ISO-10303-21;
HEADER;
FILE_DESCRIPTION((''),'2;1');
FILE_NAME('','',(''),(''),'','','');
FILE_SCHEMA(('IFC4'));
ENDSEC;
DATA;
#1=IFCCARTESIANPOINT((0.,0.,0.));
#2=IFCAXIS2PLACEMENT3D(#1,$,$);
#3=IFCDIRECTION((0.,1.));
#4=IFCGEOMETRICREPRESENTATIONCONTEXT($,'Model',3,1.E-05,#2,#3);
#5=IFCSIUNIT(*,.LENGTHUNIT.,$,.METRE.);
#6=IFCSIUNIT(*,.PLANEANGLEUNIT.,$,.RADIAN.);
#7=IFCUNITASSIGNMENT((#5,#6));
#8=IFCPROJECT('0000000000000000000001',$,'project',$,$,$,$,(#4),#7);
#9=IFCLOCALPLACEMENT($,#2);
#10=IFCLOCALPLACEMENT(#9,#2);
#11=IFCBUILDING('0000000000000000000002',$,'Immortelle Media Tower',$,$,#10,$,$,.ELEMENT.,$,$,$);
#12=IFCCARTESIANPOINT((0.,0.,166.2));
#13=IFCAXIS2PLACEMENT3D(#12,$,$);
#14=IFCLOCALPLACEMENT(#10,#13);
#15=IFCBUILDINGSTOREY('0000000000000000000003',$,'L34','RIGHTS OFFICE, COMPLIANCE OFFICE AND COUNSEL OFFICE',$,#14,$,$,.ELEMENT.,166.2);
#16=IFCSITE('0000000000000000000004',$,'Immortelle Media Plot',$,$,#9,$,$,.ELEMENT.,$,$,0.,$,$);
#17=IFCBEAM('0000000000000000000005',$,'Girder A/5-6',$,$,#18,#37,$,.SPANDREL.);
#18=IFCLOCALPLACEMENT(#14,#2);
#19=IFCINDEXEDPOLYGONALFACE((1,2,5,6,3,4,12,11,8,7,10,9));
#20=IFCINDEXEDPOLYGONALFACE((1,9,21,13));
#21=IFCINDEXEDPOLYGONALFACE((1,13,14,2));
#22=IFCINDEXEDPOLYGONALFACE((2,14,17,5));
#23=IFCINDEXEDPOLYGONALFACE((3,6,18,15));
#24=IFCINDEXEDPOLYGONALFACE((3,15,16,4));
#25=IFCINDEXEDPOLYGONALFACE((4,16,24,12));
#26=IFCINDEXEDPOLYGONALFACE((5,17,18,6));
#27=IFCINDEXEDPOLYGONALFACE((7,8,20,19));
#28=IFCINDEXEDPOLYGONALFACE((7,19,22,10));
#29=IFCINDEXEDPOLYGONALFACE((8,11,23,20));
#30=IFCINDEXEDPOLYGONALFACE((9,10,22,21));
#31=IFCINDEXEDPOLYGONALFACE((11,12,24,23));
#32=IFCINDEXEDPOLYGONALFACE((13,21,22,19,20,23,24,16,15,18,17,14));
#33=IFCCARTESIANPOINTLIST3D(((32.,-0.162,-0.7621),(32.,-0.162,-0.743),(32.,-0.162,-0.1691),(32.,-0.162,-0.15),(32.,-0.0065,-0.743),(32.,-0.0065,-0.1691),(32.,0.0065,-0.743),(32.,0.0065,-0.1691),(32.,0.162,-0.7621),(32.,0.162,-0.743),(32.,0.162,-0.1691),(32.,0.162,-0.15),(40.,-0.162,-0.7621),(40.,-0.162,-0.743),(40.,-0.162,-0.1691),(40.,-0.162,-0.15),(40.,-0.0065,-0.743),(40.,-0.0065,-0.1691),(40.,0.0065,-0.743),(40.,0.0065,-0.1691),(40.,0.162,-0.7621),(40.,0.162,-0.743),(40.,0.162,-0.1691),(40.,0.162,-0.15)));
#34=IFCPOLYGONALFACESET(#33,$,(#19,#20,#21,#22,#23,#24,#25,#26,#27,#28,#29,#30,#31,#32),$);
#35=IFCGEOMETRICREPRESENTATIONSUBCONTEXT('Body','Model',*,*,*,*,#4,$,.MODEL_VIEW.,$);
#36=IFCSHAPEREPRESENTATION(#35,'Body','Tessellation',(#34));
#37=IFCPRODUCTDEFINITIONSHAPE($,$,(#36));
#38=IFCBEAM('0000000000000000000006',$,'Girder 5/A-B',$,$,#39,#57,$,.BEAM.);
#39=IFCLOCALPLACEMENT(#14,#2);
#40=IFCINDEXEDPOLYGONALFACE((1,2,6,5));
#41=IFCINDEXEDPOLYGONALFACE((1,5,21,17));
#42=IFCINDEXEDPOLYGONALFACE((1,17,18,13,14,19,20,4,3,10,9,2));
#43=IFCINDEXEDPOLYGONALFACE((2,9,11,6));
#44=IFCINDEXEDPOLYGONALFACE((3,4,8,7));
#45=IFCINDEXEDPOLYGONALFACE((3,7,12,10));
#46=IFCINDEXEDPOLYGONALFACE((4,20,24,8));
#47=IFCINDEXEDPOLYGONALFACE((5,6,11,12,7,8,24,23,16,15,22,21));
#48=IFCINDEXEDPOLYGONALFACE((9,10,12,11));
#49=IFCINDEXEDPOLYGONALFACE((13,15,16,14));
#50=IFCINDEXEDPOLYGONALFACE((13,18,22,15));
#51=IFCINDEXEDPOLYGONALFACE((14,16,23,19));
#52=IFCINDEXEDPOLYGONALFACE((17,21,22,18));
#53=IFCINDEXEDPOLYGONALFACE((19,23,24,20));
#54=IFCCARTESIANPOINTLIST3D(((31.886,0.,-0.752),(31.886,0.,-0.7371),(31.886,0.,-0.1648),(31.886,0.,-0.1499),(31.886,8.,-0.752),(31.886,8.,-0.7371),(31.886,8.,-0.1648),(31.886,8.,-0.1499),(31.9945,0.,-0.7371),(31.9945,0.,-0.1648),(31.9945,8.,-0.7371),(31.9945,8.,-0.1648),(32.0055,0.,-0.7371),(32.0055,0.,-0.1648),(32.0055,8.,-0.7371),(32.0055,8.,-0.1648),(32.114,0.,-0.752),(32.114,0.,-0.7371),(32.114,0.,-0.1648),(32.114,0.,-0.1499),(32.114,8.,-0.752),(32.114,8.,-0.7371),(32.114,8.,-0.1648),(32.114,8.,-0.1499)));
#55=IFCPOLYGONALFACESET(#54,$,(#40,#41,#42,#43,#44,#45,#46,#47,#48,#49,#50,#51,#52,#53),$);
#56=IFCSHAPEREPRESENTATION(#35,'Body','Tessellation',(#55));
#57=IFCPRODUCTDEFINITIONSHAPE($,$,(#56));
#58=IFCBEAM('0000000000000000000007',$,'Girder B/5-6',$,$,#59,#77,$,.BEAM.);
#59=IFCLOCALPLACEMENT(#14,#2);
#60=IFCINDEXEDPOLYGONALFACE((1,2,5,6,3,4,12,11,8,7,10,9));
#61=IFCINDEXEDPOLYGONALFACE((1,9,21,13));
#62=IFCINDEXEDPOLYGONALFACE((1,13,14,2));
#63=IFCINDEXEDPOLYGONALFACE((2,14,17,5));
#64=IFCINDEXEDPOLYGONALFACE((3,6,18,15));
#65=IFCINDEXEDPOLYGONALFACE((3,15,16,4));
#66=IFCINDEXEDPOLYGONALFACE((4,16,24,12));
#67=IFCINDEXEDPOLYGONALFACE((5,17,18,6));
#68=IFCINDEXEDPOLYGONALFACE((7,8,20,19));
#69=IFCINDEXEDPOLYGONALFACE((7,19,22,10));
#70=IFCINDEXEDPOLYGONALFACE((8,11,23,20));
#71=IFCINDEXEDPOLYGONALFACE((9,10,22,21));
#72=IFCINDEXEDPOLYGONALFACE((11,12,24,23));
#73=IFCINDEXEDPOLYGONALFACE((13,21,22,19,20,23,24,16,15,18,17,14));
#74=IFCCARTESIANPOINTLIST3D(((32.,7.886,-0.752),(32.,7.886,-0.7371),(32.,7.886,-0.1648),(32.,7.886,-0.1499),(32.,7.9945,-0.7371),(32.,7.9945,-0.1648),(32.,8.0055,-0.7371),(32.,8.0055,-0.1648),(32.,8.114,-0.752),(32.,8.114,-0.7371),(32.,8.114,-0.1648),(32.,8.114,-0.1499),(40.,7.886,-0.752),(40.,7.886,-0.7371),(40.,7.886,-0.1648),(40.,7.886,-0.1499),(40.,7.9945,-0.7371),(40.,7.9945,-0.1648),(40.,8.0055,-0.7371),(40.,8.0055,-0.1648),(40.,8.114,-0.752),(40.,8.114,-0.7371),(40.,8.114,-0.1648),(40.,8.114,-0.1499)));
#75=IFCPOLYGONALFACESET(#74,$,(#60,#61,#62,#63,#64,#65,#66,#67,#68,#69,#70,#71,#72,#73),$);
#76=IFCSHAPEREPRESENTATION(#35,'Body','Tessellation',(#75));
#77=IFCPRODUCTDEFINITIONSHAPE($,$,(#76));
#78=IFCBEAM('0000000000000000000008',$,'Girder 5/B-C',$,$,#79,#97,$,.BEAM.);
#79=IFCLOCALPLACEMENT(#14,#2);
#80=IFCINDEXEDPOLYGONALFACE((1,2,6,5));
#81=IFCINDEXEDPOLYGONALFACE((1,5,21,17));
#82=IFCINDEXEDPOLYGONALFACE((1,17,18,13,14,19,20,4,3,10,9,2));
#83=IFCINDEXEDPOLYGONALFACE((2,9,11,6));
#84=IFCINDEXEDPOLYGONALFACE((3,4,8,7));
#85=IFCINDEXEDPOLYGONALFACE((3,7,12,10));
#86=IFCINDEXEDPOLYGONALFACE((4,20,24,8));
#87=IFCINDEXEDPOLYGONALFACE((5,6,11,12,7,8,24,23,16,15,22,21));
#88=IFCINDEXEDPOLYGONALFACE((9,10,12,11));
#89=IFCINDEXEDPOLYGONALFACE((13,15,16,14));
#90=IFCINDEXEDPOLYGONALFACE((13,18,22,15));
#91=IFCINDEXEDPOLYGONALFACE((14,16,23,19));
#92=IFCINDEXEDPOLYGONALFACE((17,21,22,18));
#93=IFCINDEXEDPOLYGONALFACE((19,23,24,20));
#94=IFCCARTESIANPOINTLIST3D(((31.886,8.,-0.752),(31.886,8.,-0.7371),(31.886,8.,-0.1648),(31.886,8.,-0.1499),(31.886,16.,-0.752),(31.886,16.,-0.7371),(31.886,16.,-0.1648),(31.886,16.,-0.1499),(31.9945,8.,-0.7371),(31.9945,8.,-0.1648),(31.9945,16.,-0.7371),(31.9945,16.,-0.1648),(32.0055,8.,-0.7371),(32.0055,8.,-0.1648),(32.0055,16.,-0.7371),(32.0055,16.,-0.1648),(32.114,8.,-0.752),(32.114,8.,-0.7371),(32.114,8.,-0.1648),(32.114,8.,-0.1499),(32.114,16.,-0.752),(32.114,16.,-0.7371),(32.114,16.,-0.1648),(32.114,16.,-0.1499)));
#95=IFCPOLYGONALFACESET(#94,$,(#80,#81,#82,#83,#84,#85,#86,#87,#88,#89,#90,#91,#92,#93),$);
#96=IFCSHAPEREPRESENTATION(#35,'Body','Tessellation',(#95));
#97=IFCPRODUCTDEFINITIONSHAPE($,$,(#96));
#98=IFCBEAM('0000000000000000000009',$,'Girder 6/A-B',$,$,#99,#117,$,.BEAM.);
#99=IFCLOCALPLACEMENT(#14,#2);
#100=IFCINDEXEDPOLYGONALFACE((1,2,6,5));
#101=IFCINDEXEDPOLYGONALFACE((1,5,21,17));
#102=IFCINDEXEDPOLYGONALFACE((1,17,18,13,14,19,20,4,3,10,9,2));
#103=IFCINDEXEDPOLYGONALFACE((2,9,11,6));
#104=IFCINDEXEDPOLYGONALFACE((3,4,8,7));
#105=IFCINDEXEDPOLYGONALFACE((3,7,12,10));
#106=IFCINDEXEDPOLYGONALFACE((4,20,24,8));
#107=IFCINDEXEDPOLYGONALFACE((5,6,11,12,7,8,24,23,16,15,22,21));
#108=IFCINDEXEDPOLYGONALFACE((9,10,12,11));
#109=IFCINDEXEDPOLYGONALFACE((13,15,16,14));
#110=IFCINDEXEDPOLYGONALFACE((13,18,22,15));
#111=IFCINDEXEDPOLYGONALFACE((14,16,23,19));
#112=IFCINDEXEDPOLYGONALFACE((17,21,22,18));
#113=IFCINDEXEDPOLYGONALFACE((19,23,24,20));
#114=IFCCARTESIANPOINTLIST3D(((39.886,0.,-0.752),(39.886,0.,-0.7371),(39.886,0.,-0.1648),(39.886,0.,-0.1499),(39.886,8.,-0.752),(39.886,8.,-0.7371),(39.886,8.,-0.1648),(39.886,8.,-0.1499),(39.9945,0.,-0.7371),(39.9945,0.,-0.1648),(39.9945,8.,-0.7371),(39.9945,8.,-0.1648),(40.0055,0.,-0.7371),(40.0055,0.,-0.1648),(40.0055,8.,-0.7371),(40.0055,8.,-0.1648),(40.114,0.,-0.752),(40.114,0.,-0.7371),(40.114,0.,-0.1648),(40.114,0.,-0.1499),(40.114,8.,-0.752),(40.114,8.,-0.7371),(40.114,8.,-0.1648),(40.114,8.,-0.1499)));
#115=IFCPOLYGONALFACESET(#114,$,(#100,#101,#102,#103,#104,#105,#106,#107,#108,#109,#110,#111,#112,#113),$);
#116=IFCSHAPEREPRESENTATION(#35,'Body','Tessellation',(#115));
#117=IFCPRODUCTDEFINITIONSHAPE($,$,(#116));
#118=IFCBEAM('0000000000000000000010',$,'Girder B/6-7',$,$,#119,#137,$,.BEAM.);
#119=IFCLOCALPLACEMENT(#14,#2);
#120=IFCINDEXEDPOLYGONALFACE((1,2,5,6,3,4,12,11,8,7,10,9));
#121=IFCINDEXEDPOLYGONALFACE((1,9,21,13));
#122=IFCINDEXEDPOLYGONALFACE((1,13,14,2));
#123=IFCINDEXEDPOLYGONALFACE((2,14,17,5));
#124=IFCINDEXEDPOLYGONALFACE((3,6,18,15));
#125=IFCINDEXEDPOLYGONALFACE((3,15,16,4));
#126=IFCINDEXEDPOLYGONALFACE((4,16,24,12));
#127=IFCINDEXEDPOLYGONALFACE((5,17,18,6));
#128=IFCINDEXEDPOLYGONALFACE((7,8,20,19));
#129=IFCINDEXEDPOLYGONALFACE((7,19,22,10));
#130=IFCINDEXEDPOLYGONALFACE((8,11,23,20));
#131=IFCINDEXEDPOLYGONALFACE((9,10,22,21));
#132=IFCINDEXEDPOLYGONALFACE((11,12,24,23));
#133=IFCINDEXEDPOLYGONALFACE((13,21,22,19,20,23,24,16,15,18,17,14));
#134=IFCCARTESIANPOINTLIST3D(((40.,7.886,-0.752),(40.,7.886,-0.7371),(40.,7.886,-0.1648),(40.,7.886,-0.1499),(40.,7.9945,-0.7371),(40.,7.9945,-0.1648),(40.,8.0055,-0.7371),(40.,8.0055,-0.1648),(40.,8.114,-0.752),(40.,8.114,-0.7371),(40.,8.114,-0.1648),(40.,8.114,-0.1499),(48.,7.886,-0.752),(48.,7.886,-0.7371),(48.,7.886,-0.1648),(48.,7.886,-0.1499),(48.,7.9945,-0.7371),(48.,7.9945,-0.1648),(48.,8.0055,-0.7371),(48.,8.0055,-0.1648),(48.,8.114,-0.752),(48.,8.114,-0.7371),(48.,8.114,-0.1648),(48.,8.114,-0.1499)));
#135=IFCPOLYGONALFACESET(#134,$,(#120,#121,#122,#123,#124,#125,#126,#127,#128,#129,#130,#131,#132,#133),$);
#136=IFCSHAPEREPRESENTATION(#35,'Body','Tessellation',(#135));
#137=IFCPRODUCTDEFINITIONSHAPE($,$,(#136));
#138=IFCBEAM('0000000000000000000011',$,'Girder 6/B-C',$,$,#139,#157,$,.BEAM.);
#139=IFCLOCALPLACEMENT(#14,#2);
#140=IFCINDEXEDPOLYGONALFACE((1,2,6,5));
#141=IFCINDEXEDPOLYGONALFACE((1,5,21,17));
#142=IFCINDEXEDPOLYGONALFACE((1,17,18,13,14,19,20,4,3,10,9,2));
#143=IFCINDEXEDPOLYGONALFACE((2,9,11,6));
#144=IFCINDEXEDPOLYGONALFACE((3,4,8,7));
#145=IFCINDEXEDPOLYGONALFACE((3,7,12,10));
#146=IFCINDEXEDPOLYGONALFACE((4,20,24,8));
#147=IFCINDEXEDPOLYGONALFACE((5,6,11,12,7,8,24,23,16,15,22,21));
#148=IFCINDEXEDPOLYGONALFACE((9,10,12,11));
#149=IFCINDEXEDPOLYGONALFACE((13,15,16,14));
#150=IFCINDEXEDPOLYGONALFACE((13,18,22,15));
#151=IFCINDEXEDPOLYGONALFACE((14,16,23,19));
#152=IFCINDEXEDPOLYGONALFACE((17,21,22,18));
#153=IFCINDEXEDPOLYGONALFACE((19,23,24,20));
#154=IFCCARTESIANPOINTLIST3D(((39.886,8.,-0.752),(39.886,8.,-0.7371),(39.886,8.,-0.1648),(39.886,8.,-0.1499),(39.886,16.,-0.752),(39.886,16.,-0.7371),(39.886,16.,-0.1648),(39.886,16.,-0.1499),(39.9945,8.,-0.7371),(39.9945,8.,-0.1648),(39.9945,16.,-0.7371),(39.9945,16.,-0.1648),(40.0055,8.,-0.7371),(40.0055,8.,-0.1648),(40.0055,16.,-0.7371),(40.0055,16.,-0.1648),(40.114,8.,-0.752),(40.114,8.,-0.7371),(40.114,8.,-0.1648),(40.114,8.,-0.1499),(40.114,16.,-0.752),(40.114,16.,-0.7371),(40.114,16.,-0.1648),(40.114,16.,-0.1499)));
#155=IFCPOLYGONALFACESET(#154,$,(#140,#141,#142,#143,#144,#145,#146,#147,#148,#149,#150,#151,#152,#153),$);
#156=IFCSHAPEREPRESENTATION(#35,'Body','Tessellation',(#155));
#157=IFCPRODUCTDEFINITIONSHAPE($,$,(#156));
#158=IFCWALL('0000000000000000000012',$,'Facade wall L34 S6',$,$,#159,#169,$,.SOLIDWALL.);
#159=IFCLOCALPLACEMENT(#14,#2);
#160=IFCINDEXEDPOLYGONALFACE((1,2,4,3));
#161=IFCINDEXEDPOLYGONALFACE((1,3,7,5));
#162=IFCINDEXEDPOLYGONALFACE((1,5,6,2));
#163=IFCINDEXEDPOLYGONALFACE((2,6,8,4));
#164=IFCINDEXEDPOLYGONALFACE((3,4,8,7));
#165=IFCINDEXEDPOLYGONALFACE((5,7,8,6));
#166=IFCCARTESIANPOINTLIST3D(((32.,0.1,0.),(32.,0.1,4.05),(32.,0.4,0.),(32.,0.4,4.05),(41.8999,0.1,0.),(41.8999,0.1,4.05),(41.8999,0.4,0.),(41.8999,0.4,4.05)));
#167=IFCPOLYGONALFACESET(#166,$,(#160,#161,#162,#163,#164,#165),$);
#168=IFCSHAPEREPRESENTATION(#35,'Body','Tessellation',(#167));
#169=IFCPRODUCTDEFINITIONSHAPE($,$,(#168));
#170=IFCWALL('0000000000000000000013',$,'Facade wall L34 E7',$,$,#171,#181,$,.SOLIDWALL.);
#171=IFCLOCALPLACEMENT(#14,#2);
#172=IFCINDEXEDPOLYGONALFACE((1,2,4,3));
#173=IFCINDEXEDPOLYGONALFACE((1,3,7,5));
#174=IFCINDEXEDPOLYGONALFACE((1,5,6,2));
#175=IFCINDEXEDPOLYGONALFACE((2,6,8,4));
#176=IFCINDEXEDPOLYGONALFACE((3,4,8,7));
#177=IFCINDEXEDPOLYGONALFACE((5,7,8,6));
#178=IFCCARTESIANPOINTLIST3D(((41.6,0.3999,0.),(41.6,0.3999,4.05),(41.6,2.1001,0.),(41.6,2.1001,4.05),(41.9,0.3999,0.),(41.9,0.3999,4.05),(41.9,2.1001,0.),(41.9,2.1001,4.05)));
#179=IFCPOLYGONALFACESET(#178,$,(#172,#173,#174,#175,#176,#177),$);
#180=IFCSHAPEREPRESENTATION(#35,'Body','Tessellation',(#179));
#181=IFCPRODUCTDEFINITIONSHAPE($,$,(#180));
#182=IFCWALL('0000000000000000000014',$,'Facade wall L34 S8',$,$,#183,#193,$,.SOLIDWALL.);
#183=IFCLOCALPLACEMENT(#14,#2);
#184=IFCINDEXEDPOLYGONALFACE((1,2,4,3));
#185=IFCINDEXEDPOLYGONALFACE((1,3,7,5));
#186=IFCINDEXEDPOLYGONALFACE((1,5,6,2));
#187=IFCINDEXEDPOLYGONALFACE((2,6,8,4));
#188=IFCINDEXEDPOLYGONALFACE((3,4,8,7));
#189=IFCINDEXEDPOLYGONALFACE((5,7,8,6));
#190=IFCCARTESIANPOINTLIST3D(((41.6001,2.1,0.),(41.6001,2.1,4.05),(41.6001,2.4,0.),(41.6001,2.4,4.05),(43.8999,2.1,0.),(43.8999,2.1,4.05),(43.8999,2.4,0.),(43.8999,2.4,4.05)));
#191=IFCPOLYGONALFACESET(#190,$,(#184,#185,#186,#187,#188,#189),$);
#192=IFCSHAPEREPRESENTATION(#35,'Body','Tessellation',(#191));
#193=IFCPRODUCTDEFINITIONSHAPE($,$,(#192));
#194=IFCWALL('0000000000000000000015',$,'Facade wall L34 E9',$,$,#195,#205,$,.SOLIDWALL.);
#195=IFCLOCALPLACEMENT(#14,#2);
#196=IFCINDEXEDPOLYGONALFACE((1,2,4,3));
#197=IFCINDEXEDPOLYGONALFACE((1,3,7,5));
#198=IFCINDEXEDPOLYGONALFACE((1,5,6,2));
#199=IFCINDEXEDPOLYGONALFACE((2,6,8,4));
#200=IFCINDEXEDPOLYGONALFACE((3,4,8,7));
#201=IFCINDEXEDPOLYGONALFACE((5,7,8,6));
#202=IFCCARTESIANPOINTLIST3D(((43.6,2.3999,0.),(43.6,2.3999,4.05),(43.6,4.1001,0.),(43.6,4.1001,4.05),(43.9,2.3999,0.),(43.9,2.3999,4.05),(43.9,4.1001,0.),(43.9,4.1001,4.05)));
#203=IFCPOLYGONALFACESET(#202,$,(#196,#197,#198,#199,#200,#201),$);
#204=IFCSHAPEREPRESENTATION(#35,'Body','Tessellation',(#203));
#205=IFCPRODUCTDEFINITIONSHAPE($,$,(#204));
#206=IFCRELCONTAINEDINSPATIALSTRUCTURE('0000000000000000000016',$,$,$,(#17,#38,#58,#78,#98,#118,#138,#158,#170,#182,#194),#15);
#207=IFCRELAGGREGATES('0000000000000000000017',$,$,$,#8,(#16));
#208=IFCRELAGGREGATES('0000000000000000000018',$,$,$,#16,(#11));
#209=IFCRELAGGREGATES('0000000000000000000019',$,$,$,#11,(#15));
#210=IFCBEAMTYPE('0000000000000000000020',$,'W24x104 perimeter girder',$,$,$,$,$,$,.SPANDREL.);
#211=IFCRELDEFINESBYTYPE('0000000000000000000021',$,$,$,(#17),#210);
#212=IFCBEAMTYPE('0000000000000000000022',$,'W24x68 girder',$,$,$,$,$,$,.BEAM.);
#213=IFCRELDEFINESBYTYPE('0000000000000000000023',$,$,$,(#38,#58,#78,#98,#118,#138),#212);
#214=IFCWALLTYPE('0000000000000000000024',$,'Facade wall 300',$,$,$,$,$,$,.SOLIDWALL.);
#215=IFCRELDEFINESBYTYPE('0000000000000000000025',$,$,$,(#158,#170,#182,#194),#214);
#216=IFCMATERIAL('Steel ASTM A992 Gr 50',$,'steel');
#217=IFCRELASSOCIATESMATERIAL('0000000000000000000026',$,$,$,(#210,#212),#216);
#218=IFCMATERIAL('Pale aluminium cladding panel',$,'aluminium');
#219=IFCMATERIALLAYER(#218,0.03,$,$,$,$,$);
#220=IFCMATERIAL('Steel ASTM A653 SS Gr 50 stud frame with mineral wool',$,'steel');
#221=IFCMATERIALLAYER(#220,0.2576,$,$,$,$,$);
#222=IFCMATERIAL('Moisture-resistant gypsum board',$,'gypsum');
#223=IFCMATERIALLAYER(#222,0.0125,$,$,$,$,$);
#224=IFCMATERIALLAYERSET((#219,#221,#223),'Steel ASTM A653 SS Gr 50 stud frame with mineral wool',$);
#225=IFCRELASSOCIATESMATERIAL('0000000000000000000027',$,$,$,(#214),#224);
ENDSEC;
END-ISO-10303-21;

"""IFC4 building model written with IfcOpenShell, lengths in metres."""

from ifc_helpers import new_model, si_unit, direction, frame, frame_2d, origin, origin_2d, place, context, subcontext, project, spatial, rectangle, i_section, extrude, material, layer, layer_set, material_profile, profile_set, type_object, element, save


model = new_model("IFC4")

# Units and contexts
model_context = context("Model", 3, precision=1e-05, world=origin(), true_north=direction((0.0, 1.0)))
body_context = subcontext(model_context, "Body", "Model", "MODEL_VIEW")
ifc_project = project(units=[si_unit("LENGTHUNIT", "METRE"), si_unit("PLANEANGLEUNIT", "RADIAN")], contexts=[model_context])

# Site, building, storey
site_placement = place(None, origin())
site = spatial("IfcSite", under=ifc_project, at=site_placement, Name="Immortelle Media Plot", CompositionType="ELEMENT", RefElevation=0.0)
building_placement = place(site_placement, origin())
building = spatial("IfcBuilding", under=site, at=building_placement, Name="Immortelle Media Tower", CompositionType="ELEMENT")
storey_placement = place(building_placement, frame((0.0, 0.0, 166.2)))
storey = spatial("IfcBuildingStorey", under=building, at=storey_placement, Name="L34", Description="RIGHTS OFFICE, COMPLIANCE OFFICE AND COUNSEL OFFICE", CompositionType="ELEMENT", Elevation=166.2)

# Shared definitions
ifc_material_1 = material(Name="Steel ASTM A992 Gr 50", Category="steel")

# Beams
ifc_material_profile_1 = material_profile(ifc_material_1, i_section(OverallWidth=0.324, OverallDepth=0.6121, WebThickness=0.0129, FlangeThickness=0.019, at=origin_2d()), Name="W24x104")
ifc_profile_set_1 = profile_set([ifc_material_profile_1], Name="Steel ASTM A992 Gr 50")
beam_type_1 = type_object("IfcBeamType", Name="W24x104 perimeter girder", PredefinedType="SPANDREL", material=ifc_profile_set_1)
beam_1_placement = place(storey_placement, frame((32.0, 0.0, -0.4561), z_axis=(1.0, 0.0, 0.0), x_axis=(0.0, 1.0, 0.0)))
element("IfcBeam", 1, at=beam_1_placement, inside=storey, type_object=beam_type_1, Name="Girder A/5-6", PredefinedType="SPANDREL", context=body_context, shape_type="SweptSolid", body=[
    extrude(i_section(OverallWidth=0.324, OverallDepth=0.6121, WebThickness=0.0129, FlangeThickness=0.019, at=origin_2d()), origin(), (0.0, 0.0, 1.0), 8.0),
])
ifc_material_profile_2 = material_profile(ifc_material_1, i_section(OverallWidth=0.228, OverallDepth=0.6021, WebThickness=0.011, FlangeThickness=0.0149, at=origin_2d()), Name="W24x68")
ifc_profile_set_2 = profile_set([ifc_material_profile_2], Name="Steel ASTM A992 Gr 50")
beam_type_2 = type_object("IfcBeamType", Name="W24x68 girder", PredefinedType="BEAM", material=ifc_profile_set_2)
for number, where, z_axis, x_axis, name in (
    (2, (32.0, 0.0, -0.4509), (0.0, 1.0, 0.0), (-1.0, 0.0, 0.0), "Girder 5/A-B"),
    (3, (32.0, 8.0, -0.4509), (1.0, 0.0, 0.0), (0.0, 1.0, 0.0), "Girder B/5-6"),
    (4, (32.0, 8.0, -0.4509), (0.0, 1.0, 0.0), (-1.0, 0.0, 0.0), "Girder 5/B-C"),
    (5, (40.0, 0.0, -0.4509), (0.0, 1.0, 0.0), (-1.0, 0.0, 0.0), "Girder 6/A-B"),
    (6, (40.0, 8.0, -0.4509), (1.0, 0.0, 0.0), (0.0, 1.0, 0.0), "Girder B/6-7"),
    (7, (40.0, 8.0, -0.4509), (0.0, 1.0, 0.0), (-1.0, 0.0, 0.0), "Girder 6/B-C"),
):
    element("IfcBeam", number, at=place(storey_placement, frame(where, z_axis=z_axis, x_axis=x_axis)), inside=storey, type_object=beam_type_2, Name=name, PredefinedType="BEAM", context=body_context, shape_type="SweptSolid", body=[
        extrude(i_section(OverallWidth=0.228, OverallDepth=0.6021, WebThickness=0.011, FlangeThickness=0.0149, at=origin_2d()), origin(), (0.0, 0.0, 1.0), 8.0),
    ])

# Walls
ifc_material_2 = material(Name="Pale aluminium cladding panel", Category="aluminium")
ifc_layer_1 = layer(ifc_material_2, 0.03)
ifc_material_3 = material(Name="Steel ASTM A653 SS Gr 50 stud frame with mineral wool", Category="steel")
ifc_layer_2 = layer(ifc_material_3, 0.2576)
ifc_material_4 = material(Name="Moisture-resistant gypsum board", Category="gypsum")
ifc_layer_3 = layer(ifc_material_4, 0.0125)
ifc_layer_set = layer_set([ifc_layer_1, ifc_layer_2, ifc_layer_3], Name="Steel ASTM A653 SS Gr 50 stud frame with mineral wool")
wall_type = type_object("IfcWallType", Name="Facade wall 300", PredefinedType="SOLIDWALL", material=ifc_layer_set)
wall_1_placement = place(storey_placement, frame((32.0, 0.25, 0.0), z_axis=(0.0, 0.0, 1.0), x_axis=(1.0, 0.0, 0.0)))
element("IfcWall", 8, at=wall_1_placement, inside=storey, type_object=wall_type, Name="Facade wall L34 S6", PredefinedType="SOLIDWALL", context=body_context, shape_type="SweptSolid", body=[
    extrude(rectangle(XDim=9.8999, YDim=0.3, at=frame_2d((4.95, 0.0))), origin(), (0.0, 0.0, 1.0), 4.05),
])
wall_2_placement = place(storey_placement, frame((41.75, 0.3999, 0.0), z_axis=(0.0, 0.0, 1.0), x_axis=(0.0, 1.0, 0.0)))
element("IfcWall", 9, at=wall_2_placement, inside=storey, type_object=wall_type, Name="Facade wall L34 E7", PredefinedType="SOLIDWALL", context=body_context, shape_type="SweptSolid", body=[
    extrude(rectangle(XDim=1.7002, YDim=0.3, at=frame_2d((0.8501, 0.0))), origin(), (0.0, 0.0, 1.0), 4.05),
])
wall_3_placement = place(storey_placement, frame((41.6001, 2.25, 0.0), z_axis=(0.0, 0.0, 1.0), x_axis=(1.0, 0.0, 0.0)))
element("IfcWall", 10, at=wall_3_placement, inside=storey, type_object=wall_type, Name="Facade wall L34 S8", PredefinedType="SOLIDWALL", context=body_context, shape_type="SweptSolid", body=[
    extrude(rectangle(XDim=2.2998, YDim=0.3, at=frame_2d((1.1499, 0.0))), origin(), (0.0, 0.0, 1.0), 4.05),
])
wall_4_placement = place(storey_placement, frame((43.75, 2.3999, 0.0), z_axis=(0.0, 0.0, 1.0), x_axis=(0.0, 1.0, 0.0)))
element("IfcWall", 11, at=wall_4_placement, inside=storey, type_object=wall_type, Name="Facade wall L34 E9", PredefinedType="SOLIDWALL", context=body_context, shape_type="SweptSolid", body=[
    extrude(rectangle(XDim=1.7002, YDim=0.3, at=frame_2d((0.8501, 0.0))), origin(), (0.0, 0.0, 1.0), 4.05),
])

save(model, "model.ifc")
